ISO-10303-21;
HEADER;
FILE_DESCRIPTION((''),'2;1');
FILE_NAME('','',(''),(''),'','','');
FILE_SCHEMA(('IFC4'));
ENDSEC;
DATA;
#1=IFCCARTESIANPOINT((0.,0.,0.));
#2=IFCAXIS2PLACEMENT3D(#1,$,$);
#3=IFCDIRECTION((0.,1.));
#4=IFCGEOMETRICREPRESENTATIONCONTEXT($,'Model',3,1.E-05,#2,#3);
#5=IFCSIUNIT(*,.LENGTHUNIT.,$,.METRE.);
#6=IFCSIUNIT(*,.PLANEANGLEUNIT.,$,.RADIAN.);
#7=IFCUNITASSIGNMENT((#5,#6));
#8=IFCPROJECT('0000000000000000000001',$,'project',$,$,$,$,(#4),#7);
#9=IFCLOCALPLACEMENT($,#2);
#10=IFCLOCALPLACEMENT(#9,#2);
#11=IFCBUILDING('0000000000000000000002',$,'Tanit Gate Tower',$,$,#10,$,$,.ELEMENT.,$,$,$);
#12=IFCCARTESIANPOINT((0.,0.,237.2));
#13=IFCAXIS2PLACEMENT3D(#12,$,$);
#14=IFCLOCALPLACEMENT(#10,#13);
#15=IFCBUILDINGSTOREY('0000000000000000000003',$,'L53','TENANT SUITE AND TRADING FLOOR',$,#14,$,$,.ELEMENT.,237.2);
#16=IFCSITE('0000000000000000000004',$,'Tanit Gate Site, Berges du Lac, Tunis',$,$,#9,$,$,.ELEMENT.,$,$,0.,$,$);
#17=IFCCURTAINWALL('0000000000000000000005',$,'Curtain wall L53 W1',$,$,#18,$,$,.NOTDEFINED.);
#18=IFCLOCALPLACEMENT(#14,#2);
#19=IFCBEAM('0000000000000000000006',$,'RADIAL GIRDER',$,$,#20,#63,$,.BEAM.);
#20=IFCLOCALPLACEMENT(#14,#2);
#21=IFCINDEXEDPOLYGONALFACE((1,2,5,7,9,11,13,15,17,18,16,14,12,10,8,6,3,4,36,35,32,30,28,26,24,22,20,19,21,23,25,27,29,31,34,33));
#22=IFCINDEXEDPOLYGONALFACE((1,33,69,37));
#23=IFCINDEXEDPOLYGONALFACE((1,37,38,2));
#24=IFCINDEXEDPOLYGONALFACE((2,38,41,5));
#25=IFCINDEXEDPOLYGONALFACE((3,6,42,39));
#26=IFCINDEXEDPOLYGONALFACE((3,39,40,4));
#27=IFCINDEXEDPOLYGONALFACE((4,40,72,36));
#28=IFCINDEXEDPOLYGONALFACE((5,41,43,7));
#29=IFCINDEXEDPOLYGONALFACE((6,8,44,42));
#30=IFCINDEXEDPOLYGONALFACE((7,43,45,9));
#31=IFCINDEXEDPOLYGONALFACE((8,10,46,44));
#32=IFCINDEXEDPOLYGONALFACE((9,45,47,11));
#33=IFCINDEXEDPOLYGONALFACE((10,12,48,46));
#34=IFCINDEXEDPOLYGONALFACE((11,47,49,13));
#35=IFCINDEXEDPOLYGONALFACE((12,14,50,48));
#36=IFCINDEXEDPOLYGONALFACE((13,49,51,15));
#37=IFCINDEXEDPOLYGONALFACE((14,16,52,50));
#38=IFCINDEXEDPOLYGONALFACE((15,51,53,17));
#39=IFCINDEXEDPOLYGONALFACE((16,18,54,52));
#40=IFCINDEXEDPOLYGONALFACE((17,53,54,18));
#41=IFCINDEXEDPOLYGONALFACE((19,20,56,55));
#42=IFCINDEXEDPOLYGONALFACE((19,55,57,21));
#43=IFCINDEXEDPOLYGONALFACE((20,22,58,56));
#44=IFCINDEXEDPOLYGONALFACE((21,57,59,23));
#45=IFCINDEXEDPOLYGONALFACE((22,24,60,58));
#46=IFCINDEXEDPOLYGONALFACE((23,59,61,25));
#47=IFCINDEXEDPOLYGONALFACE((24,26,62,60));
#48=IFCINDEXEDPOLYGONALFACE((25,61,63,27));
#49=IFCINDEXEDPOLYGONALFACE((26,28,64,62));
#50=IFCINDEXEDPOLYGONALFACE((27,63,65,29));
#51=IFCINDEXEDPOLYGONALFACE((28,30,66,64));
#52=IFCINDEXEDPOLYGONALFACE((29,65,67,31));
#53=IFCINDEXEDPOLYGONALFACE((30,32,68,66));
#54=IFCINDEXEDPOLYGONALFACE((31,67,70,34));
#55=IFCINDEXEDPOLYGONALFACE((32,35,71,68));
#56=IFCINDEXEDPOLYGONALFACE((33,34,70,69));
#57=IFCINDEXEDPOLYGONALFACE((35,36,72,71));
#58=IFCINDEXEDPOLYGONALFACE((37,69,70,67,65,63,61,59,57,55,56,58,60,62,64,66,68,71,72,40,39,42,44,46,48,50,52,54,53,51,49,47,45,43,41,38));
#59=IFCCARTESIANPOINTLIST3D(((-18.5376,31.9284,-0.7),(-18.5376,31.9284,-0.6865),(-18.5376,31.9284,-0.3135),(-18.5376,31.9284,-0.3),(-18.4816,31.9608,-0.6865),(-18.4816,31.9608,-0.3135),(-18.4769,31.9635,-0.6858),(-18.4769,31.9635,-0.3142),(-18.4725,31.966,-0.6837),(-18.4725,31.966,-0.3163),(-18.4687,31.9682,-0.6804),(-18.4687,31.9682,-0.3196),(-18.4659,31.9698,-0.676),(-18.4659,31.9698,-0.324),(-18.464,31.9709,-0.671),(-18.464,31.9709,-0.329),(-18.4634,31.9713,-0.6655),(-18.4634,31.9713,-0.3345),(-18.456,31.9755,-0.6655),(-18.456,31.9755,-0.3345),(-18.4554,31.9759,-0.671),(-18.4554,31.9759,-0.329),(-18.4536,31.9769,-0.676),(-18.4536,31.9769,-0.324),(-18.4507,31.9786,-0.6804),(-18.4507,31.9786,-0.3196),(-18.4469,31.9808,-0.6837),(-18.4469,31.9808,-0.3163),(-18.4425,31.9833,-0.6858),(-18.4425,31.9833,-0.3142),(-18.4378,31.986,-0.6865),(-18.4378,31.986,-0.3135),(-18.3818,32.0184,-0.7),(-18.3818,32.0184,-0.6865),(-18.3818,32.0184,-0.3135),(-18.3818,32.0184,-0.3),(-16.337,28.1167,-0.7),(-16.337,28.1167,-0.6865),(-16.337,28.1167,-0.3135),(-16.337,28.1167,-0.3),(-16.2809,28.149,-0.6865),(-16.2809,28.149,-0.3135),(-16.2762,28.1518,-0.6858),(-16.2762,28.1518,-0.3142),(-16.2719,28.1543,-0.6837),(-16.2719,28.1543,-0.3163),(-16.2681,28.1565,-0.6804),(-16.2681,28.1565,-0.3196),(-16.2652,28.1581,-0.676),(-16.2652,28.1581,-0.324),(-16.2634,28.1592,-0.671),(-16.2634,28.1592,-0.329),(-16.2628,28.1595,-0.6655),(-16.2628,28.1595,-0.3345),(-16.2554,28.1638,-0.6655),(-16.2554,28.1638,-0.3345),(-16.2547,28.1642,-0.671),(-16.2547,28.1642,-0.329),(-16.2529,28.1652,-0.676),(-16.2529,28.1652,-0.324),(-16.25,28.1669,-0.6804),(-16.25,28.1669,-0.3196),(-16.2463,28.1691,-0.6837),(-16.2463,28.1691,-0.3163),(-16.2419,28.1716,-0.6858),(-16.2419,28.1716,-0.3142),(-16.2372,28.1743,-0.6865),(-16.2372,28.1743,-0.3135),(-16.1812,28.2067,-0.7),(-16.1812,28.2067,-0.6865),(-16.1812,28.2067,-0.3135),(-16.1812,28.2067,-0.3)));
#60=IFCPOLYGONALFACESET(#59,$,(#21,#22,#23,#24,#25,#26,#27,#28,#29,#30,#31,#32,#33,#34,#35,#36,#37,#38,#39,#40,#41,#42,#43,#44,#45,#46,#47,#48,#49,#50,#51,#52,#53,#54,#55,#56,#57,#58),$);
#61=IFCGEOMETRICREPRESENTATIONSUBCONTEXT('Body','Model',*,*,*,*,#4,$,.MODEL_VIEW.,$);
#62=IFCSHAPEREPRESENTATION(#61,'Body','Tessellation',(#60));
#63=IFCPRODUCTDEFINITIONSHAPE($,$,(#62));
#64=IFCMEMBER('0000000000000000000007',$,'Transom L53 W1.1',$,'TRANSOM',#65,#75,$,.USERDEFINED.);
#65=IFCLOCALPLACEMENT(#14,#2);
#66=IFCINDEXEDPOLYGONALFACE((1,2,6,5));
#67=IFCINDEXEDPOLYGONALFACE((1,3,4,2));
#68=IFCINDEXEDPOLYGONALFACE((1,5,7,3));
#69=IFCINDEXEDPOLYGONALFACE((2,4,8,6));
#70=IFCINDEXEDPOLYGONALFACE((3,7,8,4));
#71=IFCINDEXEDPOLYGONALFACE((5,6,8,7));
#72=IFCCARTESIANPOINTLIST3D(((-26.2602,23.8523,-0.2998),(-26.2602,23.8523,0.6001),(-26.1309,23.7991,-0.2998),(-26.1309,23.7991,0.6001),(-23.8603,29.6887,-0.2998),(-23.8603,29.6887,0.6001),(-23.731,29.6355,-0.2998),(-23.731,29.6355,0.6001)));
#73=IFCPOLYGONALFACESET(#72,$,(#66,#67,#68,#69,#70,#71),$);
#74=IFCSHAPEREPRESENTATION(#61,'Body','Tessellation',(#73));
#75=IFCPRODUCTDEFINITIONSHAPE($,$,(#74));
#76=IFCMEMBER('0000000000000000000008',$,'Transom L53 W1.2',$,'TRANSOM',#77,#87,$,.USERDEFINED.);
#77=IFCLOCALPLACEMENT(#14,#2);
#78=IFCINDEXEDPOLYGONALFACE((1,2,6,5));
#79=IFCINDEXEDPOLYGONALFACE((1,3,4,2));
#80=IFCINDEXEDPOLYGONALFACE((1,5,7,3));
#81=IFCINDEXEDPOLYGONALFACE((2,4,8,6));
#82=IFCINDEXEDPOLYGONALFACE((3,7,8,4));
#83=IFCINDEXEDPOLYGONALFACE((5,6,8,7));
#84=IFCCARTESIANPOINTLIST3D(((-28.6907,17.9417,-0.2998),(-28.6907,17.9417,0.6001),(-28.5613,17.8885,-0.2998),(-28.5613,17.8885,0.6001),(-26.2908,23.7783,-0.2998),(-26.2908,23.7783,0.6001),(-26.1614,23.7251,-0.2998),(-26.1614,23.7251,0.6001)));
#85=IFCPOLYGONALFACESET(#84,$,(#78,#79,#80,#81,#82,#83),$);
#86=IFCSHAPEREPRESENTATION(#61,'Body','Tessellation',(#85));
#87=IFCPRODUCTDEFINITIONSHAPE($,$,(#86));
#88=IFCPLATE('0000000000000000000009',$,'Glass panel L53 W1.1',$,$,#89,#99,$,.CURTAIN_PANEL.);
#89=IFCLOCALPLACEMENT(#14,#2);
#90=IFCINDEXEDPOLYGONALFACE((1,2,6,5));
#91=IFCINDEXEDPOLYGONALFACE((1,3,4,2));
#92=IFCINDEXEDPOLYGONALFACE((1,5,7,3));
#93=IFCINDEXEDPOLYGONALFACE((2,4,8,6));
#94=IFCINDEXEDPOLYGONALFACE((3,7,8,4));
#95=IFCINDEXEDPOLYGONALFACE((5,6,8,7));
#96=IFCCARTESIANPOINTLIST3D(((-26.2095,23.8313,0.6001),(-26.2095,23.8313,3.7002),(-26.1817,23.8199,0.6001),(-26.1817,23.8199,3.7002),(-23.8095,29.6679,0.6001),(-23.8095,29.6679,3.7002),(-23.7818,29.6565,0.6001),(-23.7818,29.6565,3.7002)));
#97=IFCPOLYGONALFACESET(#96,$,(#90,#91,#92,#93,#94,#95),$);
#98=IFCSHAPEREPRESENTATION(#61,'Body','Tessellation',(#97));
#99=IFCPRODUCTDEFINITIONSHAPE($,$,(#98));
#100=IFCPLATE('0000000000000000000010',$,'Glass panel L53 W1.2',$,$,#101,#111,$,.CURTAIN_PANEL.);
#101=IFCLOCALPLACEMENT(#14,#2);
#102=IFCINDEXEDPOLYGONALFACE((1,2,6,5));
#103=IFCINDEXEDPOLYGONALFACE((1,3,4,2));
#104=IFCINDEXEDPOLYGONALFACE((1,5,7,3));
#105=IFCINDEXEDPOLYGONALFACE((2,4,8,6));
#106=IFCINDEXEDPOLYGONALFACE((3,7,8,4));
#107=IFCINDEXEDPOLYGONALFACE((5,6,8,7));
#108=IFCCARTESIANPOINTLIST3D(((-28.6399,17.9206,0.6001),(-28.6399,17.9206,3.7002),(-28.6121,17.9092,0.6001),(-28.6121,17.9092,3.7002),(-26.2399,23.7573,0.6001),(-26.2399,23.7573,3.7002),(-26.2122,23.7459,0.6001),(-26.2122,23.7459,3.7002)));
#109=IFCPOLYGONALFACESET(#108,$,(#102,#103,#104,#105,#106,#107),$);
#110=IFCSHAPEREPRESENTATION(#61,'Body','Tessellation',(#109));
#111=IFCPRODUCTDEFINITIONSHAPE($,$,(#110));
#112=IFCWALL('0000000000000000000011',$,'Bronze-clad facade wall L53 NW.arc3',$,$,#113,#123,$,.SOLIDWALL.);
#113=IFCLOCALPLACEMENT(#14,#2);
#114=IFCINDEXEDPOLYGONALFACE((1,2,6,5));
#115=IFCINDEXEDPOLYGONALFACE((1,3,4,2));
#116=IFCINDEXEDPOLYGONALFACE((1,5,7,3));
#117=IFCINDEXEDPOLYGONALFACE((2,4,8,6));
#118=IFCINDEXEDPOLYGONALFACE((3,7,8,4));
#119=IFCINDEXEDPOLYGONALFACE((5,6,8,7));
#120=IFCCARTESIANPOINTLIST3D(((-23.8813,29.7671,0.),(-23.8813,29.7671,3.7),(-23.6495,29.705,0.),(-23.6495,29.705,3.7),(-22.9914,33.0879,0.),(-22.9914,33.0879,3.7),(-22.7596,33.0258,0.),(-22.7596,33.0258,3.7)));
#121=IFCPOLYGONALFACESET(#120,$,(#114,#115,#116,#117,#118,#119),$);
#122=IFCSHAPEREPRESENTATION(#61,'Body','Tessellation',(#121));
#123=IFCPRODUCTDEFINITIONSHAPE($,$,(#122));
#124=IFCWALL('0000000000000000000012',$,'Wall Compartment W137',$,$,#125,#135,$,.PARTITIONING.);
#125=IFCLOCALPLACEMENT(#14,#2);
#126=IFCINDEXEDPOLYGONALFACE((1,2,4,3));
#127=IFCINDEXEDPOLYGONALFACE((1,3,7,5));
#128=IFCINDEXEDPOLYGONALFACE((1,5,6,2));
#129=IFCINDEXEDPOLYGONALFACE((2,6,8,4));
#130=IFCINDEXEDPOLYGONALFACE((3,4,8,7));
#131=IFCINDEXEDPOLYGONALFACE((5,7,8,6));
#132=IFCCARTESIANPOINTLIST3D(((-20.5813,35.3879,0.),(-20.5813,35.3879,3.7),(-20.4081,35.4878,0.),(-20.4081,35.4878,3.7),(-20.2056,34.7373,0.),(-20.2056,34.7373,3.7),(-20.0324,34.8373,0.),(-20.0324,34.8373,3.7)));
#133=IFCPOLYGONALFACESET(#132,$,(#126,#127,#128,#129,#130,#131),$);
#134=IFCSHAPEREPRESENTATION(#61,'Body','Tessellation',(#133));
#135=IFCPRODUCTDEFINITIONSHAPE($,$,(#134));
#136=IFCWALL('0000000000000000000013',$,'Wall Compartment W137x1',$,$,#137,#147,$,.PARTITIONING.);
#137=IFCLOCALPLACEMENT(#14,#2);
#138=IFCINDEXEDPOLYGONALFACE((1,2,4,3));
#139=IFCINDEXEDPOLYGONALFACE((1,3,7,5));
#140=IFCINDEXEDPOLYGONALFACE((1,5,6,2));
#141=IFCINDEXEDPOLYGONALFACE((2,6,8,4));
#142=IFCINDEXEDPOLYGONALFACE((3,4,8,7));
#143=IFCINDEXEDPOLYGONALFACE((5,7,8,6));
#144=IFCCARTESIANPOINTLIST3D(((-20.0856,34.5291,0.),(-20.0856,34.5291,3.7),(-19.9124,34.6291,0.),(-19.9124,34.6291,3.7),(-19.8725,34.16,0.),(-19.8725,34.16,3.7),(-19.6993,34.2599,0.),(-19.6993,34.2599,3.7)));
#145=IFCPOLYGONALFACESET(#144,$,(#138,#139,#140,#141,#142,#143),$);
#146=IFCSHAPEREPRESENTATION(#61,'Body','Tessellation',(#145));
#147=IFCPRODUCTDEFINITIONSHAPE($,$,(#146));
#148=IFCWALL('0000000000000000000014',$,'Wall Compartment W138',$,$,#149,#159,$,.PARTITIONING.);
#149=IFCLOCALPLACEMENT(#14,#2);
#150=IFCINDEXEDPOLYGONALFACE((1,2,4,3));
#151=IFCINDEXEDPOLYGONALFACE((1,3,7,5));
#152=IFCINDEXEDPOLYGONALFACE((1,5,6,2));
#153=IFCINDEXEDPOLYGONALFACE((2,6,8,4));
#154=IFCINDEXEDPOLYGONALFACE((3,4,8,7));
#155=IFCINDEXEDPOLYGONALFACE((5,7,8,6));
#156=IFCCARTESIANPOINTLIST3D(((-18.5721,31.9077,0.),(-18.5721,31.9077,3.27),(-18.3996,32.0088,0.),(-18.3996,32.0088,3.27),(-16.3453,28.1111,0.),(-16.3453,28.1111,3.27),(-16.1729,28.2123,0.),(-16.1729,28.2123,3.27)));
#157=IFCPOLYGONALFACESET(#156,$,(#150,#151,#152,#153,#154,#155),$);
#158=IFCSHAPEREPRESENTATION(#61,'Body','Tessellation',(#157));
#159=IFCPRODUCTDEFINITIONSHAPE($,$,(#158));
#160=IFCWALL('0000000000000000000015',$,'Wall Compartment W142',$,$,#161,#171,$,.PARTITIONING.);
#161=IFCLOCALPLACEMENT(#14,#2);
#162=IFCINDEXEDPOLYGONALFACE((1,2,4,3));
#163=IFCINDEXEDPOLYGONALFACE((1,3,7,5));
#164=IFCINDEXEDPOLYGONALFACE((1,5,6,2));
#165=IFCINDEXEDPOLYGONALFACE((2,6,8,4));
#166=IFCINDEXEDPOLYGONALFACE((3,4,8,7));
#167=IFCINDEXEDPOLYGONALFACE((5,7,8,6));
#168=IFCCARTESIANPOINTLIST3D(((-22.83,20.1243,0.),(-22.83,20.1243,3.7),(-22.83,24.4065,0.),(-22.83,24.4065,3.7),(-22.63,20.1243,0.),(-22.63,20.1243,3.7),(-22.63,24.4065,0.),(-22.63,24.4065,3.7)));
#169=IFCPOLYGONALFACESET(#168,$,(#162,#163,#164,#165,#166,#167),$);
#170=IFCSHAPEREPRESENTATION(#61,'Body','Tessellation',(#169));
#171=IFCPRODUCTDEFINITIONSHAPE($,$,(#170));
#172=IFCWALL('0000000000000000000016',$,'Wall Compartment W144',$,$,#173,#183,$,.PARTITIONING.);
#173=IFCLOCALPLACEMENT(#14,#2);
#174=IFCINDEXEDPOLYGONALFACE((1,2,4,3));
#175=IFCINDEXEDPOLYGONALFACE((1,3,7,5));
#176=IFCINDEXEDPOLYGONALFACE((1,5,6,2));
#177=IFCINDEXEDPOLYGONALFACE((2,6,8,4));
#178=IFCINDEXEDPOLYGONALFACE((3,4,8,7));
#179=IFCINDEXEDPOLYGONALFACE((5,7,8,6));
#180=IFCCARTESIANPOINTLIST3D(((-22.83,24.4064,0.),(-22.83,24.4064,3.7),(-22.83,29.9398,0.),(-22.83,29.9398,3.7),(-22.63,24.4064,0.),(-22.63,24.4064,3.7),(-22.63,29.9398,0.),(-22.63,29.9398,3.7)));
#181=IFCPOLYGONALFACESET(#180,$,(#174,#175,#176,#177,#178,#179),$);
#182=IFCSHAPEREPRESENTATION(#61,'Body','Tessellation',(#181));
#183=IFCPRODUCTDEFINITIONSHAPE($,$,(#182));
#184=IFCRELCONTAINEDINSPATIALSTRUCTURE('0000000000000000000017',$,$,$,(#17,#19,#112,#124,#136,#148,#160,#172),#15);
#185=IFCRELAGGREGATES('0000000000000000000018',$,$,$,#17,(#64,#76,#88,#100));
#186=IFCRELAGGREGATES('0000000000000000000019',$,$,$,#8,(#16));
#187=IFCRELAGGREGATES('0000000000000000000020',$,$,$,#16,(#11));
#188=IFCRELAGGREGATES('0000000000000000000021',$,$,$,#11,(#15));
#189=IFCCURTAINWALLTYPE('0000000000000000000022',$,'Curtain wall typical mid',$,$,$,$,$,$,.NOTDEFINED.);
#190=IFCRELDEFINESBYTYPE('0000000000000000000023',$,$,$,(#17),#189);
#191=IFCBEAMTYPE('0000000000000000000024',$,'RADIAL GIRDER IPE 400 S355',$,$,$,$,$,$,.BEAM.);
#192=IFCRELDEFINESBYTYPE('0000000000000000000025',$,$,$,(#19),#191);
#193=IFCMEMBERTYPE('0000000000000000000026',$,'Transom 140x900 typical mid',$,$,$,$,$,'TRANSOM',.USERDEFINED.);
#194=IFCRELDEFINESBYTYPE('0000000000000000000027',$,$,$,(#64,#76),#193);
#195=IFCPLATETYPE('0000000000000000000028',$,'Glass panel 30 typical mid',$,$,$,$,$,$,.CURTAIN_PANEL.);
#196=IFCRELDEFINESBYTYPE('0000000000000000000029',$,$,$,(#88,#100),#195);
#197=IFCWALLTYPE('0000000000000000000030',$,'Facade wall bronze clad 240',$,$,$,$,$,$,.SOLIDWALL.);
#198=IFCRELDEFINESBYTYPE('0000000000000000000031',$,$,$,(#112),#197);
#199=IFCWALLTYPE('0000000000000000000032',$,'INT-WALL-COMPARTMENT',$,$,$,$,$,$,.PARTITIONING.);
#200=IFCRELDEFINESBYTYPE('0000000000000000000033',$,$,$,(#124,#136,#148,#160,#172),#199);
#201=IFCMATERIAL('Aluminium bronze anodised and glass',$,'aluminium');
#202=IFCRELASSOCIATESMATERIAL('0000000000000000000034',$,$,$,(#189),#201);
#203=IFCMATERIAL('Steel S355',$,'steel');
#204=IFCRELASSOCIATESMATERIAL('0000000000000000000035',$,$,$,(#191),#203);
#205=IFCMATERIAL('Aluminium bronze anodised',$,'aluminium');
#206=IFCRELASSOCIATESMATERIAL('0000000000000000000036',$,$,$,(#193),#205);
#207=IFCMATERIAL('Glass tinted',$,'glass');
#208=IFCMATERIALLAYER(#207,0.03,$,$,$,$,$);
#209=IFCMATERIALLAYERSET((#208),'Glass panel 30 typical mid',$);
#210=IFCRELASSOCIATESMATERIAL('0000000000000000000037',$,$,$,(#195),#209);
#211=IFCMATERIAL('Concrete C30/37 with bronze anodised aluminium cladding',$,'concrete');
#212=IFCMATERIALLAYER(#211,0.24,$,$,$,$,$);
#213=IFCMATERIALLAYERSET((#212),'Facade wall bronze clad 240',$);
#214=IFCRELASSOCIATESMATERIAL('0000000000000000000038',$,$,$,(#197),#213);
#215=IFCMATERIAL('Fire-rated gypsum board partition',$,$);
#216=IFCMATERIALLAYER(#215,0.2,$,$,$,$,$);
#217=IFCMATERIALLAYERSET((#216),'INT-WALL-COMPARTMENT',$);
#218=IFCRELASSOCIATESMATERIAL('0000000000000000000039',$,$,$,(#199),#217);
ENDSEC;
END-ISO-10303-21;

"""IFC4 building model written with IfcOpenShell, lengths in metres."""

from ifc_helpers import new_model, si_unit, direction, frame, frame_2d, origin, origin_2d, place, context, subcontext, project, spatial, rectangle, i_section, extrude, material, layer, layer_set, material_profile, profile_set, type_object, element, aggregate, save


model = new_model("IFC4")

# Units and contexts
model_context = context("Model", 3, precision=1e-05, world=origin(), true_north=direction((0.0, 1.0)))
body_context = subcontext(model_context, "Body", "Model", "MODEL_VIEW")
ifc_project = project(units=[si_unit("LENGTHUNIT", "METRE"), si_unit("PLANEANGLEUNIT", "RADIAN")], contexts=[model_context])

# Site, building, storey
site_placement = place(None, origin())
site = spatial("IfcSite", under=ifc_project, at=site_placement, Name="Tanit Gate Site, Berges du Lac, Tunis", CompositionType="ELEMENT", RefElevation=0.0)
building_placement = place(site_placement, origin())
building = spatial("IfcBuilding", under=site, at=building_placement, Name="Tanit Gate Tower", CompositionType="ELEMENT")
storey_placement = place(building_placement, frame((0.0, 0.0, 237.2)))
storey = spatial("IfcBuildingStorey", under=building, at=storey_placement, Name="L53", Description="TENANT SUITE AND TRADING FLOOR", CompositionType="ELEMENT", Elevation=237.2)

# Curtain wall
ifc_material_1 = material(Name="Aluminium bronze anodised and glass", Category="aluminium")
curtain_wall_type = type_object("IfcCurtainWallType", Name="Curtain wall typical mid", PredefinedType="NOTDEFINED", material=ifc_material_1)
curtain_wall_placement = place(storey_placement, origin())
curtain_wall = element("IfcCurtainWall", 1, at=curtain_wall_placement, inside=storey, type_object=curtain_wall_type, Name="Curtain wall L53 W1", PredefinedType="NOTDEFINED")

# Beam
ifc_material_2 = material(Name="Steel S355", Category="steel")
ifc_material_profile_1 = material_profile(ifc_material_2, i_section(OverallWidth=0.1799, OverallDepth=0.3999, WebThickness=0.0085, FlangeThickness=0.0134, FilletRadius=0.021, at=origin_2d()), Name="IPE 400")
ifc_profile_set_1 = profile_set([ifc_material_profile_1], Name="Steel S355")
beam_type_1 = type_object("IfcBeamType", Name="RADIAL GIRDER IPE 400 S355", PredefinedType="BEAM", material=ifc_profile_set_1)
beam_1_placement = place(storey_placement, frame((-18.4597, 31.9734, -0.5), z_axis=(0.499993, -0.866029, 0.0), x_axis=(0.866029, 0.499993, 0.0)))
element("IfcBeam", 2, at=beam_1_placement, inside=storey, type_object=beam_type_1, Name="RADIAL GIRDER", PredefinedType="BEAM", context=body_context, shape_type="SweptSolid", body=[
    extrude(i_section(OverallWidth=0.1799, OverallDepth=0.3999, WebThickness=0.0085, FlangeThickness=0.0134, FilletRadius=0.021, at=origin_2d()), origin(), (0.0, 0.0, 1.0), 4.4014),
])

# Members
ifc_material_3 = material(Name="Aluminium bronze anodised", Category="aluminium")
ifc_material_profile_2 = material_profile(ifc_material_3, rectangle(XDim=0.1399, YDim=0.8999, at=origin_2d()), Name="140x900 bronze transom")
ifc_profile_set_2 = profile_set([ifc_material_profile_2], Name="Aluminium bronze anodised")
member_type_1 = type_object("IfcMemberType", Name="Transom 140x900 typical mid", ElementType="TRANSOM", PredefinedType="USERDEFINED", material=ifc_profile_set_2)
member_1_placement = place(storey_placement, frame((-23.7957, 29.6621, 0.1501), z_axis=(-0.380298, -0.924864, 0.0), x_axis=(0.924864, -0.380298, 0.0)))
member_1 = element("IfcMember", 3, at=member_1_placement, type_object=member_type_1, Name="Transom L53 W1.1", ObjectType="TRANSOM", PredefinedType="USERDEFINED", context=body_context, shape_type="SweptSolid", body=[
    extrude(rectangle(XDim=0.1399, YDim=0.8999, at=origin_2d()), origin(), (0.0, 0.0, 1.0), 6.3105),
])
member_2_placement = place(storey_placement, frame((-26.2261, 23.7517, 0.1501), z_axis=(-0.380285, -0.924869, 0.0), x_axis=(0.924869, -0.380285, 0.0)))
member_2 = element("IfcMember", 4, at=member_2_placement, type_object=member_type_1, Name="Transom L53 W1.2", ObjectType="TRANSOM", PredefinedType="USERDEFINED", context=body_context, shape_type="SweptSolid", body=[
    extrude(rectangle(XDim=0.1399, YDim=0.8999, at=origin_2d()), origin(), (0.0, 0.0, 1.0), 6.3108),
])

# Plates
ifc_material_4 = material(Name="Glass tinted", Category="glass")
ifc_layer_1 = layer(ifc_material_4, 0.03)
ifc_layer_set_1 = layer_set([ifc_layer_1], Name="Glass panel 30 typical mid")
plate_type = type_object("IfcPlateType", Name="Glass panel 30 typical mid", PredefinedType="CURTAIN_PANEL", material=ifc_layer_set_1)
plate_1_placement = place(storey_placement, frame((-24.9956, 26.7439, 0.6001), z_axis=(0.0, 0.0, 1.0), x_axis=(-0.38029, -0.924867, 0.0)))
plate_1 = element("IfcPlate", 5, at=plate_1_placement, type_object=plate_type, Name="Glass panel L53 W1.1", PredefinedType="CURTAIN_PANEL", context=body_context, shape_type="SweptSolid", body=[
    extrude(rectangle(XDim=6.3108, YDim=0.03, at=origin_2d()), origin(), (0.0, 0.0, 1.0), 3.1001),
])
plate_2_placement = place(storey_placement, frame((-27.426, 20.8333, 0.6001), z_axis=(0.0, 0.0, 1.0), x_axis=(-0.38029, -0.924867, 0.0)))
plate_2 = element("IfcPlate", 6, at=plate_2_placement, type_object=plate_type, Name="Glass panel L53 W1.2", PredefinedType="CURTAIN_PANEL", context=body_context, shape_type="SweptSolid", body=[
    extrude(rectangle(XDim=6.3108, YDim=0.03, at=origin_2d()), origin(), (0.0, 0.0, 1.0), 3.1001),
])
aggregate(curtain_wall, [member_1, member_2, plate_1, plate_2])

# Walls
ifc_material_5 = material(Name="Concrete C30/37 with bronze anodised aluminium cladding", Category="concrete")
ifc_layer_2 = layer(ifc_material_5, 0.24)
ifc_layer_set_2 = layer_set([ifc_layer_2], Name="Facade wall bronze clad 240")
wall_type_1 = type_object("IfcWallType", Name="Facade wall bronze clad 240", PredefinedType="SOLIDWALL", material=ifc_layer_set_2)
wall_1_placement = place(storey_placement, frame((-22.8755, 33.0569, 0.0), z_axis=(0.0, 0.0, 1.0), x_axis=(-0.258843, -0.96592, 0.0)))
element("IfcWall", 7, at=wall_1_placement, inside=storey, type_object=wall_type_1, Name="Bronze-clad facade wall L53 NW.arc3", PredefinedType="SOLIDWALL", context=body_context, shape_type="SweptSolid", body=[
    extrude(rectangle(XDim=3.438, YDim=0.24, at=frame_2d((1.719, 0.0))), origin(), (0.0, 0.0, 1.0), 3.7),
])
ifc_material_6 = material(Name="Fire-rated gypsum board partition")
ifc_layer_3 = layer(ifc_material_6, 0.2)
ifc_layer_set_3 = layer_set([ifc_layer_3], Name="INT-WALL-COMPARTMENT")
wall_type_2 = type_object("IfcWallType", Name="INT-WALL-COMPARTMENT", PredefinedType="PARTITIONING", material=ifc_layer_set_3)
wall_2_placement = place(storey_placement, frame((-20.4946, 35.4377, 0.0), z_axis=(0.0, 0.0, 1.0), x_axis=(0.500088, -0.865975, 0.0)))
element("IfcWall", 8, at=wall_2_placement, inside=storey, type_object=wall_type_2, Name="Wall Compartment W137", PredefinedType="PARTITIONING", context=body_context, shape_type="SweptSolid", body=[
    extrude(rectangle(XDim=0.7512, YDim=0.2, at=frame_2d((0.3755, 0.0))), origin(), (0.0, 0.0, 1.0), 3.7),
])
wall_3_placement = place(storey_placement, frame((-19.999, 34.5791, 0.0), z_axis=(0.0, 0.0, 1.0), x_axis=(0.50002, -0.866014, 0.0)))
element("IfcWall", 9, at=wall_3_placement, inside=storey, type_object=wall_type_2, Name="Wall Compartment W137x1", PredefinedType="PARTITIONING", context=body_context, shape_type="SweptSolid", body=[
    extrude(rectangle(XDim=0.4263, YDim=0.2, at=frame_2d((0.2131, 0.0))), origin(), (0.0, 0.0, 1.0), 3.7),
])
wall_4_placement = place(storey_placement, frame((-18.4858, 31.9583, 0.0), z_axis=(0.0, 0.0, 1.0), x_axis=(0.505922, -0.862579, 0.0)))
element("IfcWall", 10, at=wall_4_placement, inside=storey, type_object=wall_type_2, Name="Wall Compartment W138", PredefinedType="PARTITIONING", context=body_context, shape_type="SweptSolid", body=[
    extrude(rectangle(XDim=4.4014, YDim=0.2, at=frame_2d((2.2007, 0.0))), origin(), (0.0, 0.0, 1.0), 3.27),
])
wall_5_placement = place(storey_placement, frame((-22.73, 20.1243, 0.0), z_axis=(0.0, 0.0, 1.0), x_axis=(0.0, 1.0, 0.0)))
element("IfcWall", 11, at=wall_5_placement, inside=storey, type_object=wall_type_2, Name="Wall Compartment W142", PredefinedType="PARTITIONING", context=body_context, shape_type="SweptSolid", body=[
    extrude(rectangle(XDim=4.2822, YDim=0.2, at=frame_2d((2.1411, 0.0))), origin(), (0.0, 0.0, 1.0), 3.7),
])
wall_6_placement = place(storey_placement, frame((-22.73, 24.4065, 0.0), z_axis=(0.0, 0.0, 1.0), x_axis=(0.0, 1.0, 0.0)))
element("IfcWall", 12, at=wall_6_placement, inside=storey, type_object=wall_type_2, Name="Wall Compartment W144", PredefinedType="PARTITIONING", context=body_context, shape_type="SweptSolid", body=[
    extrude(rectangle(XDim=5.5334, YDim=0.2, at=frame_2d((2.7666, 0.0))), origin(), (0.0, 0.0, 1.0), 3.7),
])

save(model, "model.ifc")
